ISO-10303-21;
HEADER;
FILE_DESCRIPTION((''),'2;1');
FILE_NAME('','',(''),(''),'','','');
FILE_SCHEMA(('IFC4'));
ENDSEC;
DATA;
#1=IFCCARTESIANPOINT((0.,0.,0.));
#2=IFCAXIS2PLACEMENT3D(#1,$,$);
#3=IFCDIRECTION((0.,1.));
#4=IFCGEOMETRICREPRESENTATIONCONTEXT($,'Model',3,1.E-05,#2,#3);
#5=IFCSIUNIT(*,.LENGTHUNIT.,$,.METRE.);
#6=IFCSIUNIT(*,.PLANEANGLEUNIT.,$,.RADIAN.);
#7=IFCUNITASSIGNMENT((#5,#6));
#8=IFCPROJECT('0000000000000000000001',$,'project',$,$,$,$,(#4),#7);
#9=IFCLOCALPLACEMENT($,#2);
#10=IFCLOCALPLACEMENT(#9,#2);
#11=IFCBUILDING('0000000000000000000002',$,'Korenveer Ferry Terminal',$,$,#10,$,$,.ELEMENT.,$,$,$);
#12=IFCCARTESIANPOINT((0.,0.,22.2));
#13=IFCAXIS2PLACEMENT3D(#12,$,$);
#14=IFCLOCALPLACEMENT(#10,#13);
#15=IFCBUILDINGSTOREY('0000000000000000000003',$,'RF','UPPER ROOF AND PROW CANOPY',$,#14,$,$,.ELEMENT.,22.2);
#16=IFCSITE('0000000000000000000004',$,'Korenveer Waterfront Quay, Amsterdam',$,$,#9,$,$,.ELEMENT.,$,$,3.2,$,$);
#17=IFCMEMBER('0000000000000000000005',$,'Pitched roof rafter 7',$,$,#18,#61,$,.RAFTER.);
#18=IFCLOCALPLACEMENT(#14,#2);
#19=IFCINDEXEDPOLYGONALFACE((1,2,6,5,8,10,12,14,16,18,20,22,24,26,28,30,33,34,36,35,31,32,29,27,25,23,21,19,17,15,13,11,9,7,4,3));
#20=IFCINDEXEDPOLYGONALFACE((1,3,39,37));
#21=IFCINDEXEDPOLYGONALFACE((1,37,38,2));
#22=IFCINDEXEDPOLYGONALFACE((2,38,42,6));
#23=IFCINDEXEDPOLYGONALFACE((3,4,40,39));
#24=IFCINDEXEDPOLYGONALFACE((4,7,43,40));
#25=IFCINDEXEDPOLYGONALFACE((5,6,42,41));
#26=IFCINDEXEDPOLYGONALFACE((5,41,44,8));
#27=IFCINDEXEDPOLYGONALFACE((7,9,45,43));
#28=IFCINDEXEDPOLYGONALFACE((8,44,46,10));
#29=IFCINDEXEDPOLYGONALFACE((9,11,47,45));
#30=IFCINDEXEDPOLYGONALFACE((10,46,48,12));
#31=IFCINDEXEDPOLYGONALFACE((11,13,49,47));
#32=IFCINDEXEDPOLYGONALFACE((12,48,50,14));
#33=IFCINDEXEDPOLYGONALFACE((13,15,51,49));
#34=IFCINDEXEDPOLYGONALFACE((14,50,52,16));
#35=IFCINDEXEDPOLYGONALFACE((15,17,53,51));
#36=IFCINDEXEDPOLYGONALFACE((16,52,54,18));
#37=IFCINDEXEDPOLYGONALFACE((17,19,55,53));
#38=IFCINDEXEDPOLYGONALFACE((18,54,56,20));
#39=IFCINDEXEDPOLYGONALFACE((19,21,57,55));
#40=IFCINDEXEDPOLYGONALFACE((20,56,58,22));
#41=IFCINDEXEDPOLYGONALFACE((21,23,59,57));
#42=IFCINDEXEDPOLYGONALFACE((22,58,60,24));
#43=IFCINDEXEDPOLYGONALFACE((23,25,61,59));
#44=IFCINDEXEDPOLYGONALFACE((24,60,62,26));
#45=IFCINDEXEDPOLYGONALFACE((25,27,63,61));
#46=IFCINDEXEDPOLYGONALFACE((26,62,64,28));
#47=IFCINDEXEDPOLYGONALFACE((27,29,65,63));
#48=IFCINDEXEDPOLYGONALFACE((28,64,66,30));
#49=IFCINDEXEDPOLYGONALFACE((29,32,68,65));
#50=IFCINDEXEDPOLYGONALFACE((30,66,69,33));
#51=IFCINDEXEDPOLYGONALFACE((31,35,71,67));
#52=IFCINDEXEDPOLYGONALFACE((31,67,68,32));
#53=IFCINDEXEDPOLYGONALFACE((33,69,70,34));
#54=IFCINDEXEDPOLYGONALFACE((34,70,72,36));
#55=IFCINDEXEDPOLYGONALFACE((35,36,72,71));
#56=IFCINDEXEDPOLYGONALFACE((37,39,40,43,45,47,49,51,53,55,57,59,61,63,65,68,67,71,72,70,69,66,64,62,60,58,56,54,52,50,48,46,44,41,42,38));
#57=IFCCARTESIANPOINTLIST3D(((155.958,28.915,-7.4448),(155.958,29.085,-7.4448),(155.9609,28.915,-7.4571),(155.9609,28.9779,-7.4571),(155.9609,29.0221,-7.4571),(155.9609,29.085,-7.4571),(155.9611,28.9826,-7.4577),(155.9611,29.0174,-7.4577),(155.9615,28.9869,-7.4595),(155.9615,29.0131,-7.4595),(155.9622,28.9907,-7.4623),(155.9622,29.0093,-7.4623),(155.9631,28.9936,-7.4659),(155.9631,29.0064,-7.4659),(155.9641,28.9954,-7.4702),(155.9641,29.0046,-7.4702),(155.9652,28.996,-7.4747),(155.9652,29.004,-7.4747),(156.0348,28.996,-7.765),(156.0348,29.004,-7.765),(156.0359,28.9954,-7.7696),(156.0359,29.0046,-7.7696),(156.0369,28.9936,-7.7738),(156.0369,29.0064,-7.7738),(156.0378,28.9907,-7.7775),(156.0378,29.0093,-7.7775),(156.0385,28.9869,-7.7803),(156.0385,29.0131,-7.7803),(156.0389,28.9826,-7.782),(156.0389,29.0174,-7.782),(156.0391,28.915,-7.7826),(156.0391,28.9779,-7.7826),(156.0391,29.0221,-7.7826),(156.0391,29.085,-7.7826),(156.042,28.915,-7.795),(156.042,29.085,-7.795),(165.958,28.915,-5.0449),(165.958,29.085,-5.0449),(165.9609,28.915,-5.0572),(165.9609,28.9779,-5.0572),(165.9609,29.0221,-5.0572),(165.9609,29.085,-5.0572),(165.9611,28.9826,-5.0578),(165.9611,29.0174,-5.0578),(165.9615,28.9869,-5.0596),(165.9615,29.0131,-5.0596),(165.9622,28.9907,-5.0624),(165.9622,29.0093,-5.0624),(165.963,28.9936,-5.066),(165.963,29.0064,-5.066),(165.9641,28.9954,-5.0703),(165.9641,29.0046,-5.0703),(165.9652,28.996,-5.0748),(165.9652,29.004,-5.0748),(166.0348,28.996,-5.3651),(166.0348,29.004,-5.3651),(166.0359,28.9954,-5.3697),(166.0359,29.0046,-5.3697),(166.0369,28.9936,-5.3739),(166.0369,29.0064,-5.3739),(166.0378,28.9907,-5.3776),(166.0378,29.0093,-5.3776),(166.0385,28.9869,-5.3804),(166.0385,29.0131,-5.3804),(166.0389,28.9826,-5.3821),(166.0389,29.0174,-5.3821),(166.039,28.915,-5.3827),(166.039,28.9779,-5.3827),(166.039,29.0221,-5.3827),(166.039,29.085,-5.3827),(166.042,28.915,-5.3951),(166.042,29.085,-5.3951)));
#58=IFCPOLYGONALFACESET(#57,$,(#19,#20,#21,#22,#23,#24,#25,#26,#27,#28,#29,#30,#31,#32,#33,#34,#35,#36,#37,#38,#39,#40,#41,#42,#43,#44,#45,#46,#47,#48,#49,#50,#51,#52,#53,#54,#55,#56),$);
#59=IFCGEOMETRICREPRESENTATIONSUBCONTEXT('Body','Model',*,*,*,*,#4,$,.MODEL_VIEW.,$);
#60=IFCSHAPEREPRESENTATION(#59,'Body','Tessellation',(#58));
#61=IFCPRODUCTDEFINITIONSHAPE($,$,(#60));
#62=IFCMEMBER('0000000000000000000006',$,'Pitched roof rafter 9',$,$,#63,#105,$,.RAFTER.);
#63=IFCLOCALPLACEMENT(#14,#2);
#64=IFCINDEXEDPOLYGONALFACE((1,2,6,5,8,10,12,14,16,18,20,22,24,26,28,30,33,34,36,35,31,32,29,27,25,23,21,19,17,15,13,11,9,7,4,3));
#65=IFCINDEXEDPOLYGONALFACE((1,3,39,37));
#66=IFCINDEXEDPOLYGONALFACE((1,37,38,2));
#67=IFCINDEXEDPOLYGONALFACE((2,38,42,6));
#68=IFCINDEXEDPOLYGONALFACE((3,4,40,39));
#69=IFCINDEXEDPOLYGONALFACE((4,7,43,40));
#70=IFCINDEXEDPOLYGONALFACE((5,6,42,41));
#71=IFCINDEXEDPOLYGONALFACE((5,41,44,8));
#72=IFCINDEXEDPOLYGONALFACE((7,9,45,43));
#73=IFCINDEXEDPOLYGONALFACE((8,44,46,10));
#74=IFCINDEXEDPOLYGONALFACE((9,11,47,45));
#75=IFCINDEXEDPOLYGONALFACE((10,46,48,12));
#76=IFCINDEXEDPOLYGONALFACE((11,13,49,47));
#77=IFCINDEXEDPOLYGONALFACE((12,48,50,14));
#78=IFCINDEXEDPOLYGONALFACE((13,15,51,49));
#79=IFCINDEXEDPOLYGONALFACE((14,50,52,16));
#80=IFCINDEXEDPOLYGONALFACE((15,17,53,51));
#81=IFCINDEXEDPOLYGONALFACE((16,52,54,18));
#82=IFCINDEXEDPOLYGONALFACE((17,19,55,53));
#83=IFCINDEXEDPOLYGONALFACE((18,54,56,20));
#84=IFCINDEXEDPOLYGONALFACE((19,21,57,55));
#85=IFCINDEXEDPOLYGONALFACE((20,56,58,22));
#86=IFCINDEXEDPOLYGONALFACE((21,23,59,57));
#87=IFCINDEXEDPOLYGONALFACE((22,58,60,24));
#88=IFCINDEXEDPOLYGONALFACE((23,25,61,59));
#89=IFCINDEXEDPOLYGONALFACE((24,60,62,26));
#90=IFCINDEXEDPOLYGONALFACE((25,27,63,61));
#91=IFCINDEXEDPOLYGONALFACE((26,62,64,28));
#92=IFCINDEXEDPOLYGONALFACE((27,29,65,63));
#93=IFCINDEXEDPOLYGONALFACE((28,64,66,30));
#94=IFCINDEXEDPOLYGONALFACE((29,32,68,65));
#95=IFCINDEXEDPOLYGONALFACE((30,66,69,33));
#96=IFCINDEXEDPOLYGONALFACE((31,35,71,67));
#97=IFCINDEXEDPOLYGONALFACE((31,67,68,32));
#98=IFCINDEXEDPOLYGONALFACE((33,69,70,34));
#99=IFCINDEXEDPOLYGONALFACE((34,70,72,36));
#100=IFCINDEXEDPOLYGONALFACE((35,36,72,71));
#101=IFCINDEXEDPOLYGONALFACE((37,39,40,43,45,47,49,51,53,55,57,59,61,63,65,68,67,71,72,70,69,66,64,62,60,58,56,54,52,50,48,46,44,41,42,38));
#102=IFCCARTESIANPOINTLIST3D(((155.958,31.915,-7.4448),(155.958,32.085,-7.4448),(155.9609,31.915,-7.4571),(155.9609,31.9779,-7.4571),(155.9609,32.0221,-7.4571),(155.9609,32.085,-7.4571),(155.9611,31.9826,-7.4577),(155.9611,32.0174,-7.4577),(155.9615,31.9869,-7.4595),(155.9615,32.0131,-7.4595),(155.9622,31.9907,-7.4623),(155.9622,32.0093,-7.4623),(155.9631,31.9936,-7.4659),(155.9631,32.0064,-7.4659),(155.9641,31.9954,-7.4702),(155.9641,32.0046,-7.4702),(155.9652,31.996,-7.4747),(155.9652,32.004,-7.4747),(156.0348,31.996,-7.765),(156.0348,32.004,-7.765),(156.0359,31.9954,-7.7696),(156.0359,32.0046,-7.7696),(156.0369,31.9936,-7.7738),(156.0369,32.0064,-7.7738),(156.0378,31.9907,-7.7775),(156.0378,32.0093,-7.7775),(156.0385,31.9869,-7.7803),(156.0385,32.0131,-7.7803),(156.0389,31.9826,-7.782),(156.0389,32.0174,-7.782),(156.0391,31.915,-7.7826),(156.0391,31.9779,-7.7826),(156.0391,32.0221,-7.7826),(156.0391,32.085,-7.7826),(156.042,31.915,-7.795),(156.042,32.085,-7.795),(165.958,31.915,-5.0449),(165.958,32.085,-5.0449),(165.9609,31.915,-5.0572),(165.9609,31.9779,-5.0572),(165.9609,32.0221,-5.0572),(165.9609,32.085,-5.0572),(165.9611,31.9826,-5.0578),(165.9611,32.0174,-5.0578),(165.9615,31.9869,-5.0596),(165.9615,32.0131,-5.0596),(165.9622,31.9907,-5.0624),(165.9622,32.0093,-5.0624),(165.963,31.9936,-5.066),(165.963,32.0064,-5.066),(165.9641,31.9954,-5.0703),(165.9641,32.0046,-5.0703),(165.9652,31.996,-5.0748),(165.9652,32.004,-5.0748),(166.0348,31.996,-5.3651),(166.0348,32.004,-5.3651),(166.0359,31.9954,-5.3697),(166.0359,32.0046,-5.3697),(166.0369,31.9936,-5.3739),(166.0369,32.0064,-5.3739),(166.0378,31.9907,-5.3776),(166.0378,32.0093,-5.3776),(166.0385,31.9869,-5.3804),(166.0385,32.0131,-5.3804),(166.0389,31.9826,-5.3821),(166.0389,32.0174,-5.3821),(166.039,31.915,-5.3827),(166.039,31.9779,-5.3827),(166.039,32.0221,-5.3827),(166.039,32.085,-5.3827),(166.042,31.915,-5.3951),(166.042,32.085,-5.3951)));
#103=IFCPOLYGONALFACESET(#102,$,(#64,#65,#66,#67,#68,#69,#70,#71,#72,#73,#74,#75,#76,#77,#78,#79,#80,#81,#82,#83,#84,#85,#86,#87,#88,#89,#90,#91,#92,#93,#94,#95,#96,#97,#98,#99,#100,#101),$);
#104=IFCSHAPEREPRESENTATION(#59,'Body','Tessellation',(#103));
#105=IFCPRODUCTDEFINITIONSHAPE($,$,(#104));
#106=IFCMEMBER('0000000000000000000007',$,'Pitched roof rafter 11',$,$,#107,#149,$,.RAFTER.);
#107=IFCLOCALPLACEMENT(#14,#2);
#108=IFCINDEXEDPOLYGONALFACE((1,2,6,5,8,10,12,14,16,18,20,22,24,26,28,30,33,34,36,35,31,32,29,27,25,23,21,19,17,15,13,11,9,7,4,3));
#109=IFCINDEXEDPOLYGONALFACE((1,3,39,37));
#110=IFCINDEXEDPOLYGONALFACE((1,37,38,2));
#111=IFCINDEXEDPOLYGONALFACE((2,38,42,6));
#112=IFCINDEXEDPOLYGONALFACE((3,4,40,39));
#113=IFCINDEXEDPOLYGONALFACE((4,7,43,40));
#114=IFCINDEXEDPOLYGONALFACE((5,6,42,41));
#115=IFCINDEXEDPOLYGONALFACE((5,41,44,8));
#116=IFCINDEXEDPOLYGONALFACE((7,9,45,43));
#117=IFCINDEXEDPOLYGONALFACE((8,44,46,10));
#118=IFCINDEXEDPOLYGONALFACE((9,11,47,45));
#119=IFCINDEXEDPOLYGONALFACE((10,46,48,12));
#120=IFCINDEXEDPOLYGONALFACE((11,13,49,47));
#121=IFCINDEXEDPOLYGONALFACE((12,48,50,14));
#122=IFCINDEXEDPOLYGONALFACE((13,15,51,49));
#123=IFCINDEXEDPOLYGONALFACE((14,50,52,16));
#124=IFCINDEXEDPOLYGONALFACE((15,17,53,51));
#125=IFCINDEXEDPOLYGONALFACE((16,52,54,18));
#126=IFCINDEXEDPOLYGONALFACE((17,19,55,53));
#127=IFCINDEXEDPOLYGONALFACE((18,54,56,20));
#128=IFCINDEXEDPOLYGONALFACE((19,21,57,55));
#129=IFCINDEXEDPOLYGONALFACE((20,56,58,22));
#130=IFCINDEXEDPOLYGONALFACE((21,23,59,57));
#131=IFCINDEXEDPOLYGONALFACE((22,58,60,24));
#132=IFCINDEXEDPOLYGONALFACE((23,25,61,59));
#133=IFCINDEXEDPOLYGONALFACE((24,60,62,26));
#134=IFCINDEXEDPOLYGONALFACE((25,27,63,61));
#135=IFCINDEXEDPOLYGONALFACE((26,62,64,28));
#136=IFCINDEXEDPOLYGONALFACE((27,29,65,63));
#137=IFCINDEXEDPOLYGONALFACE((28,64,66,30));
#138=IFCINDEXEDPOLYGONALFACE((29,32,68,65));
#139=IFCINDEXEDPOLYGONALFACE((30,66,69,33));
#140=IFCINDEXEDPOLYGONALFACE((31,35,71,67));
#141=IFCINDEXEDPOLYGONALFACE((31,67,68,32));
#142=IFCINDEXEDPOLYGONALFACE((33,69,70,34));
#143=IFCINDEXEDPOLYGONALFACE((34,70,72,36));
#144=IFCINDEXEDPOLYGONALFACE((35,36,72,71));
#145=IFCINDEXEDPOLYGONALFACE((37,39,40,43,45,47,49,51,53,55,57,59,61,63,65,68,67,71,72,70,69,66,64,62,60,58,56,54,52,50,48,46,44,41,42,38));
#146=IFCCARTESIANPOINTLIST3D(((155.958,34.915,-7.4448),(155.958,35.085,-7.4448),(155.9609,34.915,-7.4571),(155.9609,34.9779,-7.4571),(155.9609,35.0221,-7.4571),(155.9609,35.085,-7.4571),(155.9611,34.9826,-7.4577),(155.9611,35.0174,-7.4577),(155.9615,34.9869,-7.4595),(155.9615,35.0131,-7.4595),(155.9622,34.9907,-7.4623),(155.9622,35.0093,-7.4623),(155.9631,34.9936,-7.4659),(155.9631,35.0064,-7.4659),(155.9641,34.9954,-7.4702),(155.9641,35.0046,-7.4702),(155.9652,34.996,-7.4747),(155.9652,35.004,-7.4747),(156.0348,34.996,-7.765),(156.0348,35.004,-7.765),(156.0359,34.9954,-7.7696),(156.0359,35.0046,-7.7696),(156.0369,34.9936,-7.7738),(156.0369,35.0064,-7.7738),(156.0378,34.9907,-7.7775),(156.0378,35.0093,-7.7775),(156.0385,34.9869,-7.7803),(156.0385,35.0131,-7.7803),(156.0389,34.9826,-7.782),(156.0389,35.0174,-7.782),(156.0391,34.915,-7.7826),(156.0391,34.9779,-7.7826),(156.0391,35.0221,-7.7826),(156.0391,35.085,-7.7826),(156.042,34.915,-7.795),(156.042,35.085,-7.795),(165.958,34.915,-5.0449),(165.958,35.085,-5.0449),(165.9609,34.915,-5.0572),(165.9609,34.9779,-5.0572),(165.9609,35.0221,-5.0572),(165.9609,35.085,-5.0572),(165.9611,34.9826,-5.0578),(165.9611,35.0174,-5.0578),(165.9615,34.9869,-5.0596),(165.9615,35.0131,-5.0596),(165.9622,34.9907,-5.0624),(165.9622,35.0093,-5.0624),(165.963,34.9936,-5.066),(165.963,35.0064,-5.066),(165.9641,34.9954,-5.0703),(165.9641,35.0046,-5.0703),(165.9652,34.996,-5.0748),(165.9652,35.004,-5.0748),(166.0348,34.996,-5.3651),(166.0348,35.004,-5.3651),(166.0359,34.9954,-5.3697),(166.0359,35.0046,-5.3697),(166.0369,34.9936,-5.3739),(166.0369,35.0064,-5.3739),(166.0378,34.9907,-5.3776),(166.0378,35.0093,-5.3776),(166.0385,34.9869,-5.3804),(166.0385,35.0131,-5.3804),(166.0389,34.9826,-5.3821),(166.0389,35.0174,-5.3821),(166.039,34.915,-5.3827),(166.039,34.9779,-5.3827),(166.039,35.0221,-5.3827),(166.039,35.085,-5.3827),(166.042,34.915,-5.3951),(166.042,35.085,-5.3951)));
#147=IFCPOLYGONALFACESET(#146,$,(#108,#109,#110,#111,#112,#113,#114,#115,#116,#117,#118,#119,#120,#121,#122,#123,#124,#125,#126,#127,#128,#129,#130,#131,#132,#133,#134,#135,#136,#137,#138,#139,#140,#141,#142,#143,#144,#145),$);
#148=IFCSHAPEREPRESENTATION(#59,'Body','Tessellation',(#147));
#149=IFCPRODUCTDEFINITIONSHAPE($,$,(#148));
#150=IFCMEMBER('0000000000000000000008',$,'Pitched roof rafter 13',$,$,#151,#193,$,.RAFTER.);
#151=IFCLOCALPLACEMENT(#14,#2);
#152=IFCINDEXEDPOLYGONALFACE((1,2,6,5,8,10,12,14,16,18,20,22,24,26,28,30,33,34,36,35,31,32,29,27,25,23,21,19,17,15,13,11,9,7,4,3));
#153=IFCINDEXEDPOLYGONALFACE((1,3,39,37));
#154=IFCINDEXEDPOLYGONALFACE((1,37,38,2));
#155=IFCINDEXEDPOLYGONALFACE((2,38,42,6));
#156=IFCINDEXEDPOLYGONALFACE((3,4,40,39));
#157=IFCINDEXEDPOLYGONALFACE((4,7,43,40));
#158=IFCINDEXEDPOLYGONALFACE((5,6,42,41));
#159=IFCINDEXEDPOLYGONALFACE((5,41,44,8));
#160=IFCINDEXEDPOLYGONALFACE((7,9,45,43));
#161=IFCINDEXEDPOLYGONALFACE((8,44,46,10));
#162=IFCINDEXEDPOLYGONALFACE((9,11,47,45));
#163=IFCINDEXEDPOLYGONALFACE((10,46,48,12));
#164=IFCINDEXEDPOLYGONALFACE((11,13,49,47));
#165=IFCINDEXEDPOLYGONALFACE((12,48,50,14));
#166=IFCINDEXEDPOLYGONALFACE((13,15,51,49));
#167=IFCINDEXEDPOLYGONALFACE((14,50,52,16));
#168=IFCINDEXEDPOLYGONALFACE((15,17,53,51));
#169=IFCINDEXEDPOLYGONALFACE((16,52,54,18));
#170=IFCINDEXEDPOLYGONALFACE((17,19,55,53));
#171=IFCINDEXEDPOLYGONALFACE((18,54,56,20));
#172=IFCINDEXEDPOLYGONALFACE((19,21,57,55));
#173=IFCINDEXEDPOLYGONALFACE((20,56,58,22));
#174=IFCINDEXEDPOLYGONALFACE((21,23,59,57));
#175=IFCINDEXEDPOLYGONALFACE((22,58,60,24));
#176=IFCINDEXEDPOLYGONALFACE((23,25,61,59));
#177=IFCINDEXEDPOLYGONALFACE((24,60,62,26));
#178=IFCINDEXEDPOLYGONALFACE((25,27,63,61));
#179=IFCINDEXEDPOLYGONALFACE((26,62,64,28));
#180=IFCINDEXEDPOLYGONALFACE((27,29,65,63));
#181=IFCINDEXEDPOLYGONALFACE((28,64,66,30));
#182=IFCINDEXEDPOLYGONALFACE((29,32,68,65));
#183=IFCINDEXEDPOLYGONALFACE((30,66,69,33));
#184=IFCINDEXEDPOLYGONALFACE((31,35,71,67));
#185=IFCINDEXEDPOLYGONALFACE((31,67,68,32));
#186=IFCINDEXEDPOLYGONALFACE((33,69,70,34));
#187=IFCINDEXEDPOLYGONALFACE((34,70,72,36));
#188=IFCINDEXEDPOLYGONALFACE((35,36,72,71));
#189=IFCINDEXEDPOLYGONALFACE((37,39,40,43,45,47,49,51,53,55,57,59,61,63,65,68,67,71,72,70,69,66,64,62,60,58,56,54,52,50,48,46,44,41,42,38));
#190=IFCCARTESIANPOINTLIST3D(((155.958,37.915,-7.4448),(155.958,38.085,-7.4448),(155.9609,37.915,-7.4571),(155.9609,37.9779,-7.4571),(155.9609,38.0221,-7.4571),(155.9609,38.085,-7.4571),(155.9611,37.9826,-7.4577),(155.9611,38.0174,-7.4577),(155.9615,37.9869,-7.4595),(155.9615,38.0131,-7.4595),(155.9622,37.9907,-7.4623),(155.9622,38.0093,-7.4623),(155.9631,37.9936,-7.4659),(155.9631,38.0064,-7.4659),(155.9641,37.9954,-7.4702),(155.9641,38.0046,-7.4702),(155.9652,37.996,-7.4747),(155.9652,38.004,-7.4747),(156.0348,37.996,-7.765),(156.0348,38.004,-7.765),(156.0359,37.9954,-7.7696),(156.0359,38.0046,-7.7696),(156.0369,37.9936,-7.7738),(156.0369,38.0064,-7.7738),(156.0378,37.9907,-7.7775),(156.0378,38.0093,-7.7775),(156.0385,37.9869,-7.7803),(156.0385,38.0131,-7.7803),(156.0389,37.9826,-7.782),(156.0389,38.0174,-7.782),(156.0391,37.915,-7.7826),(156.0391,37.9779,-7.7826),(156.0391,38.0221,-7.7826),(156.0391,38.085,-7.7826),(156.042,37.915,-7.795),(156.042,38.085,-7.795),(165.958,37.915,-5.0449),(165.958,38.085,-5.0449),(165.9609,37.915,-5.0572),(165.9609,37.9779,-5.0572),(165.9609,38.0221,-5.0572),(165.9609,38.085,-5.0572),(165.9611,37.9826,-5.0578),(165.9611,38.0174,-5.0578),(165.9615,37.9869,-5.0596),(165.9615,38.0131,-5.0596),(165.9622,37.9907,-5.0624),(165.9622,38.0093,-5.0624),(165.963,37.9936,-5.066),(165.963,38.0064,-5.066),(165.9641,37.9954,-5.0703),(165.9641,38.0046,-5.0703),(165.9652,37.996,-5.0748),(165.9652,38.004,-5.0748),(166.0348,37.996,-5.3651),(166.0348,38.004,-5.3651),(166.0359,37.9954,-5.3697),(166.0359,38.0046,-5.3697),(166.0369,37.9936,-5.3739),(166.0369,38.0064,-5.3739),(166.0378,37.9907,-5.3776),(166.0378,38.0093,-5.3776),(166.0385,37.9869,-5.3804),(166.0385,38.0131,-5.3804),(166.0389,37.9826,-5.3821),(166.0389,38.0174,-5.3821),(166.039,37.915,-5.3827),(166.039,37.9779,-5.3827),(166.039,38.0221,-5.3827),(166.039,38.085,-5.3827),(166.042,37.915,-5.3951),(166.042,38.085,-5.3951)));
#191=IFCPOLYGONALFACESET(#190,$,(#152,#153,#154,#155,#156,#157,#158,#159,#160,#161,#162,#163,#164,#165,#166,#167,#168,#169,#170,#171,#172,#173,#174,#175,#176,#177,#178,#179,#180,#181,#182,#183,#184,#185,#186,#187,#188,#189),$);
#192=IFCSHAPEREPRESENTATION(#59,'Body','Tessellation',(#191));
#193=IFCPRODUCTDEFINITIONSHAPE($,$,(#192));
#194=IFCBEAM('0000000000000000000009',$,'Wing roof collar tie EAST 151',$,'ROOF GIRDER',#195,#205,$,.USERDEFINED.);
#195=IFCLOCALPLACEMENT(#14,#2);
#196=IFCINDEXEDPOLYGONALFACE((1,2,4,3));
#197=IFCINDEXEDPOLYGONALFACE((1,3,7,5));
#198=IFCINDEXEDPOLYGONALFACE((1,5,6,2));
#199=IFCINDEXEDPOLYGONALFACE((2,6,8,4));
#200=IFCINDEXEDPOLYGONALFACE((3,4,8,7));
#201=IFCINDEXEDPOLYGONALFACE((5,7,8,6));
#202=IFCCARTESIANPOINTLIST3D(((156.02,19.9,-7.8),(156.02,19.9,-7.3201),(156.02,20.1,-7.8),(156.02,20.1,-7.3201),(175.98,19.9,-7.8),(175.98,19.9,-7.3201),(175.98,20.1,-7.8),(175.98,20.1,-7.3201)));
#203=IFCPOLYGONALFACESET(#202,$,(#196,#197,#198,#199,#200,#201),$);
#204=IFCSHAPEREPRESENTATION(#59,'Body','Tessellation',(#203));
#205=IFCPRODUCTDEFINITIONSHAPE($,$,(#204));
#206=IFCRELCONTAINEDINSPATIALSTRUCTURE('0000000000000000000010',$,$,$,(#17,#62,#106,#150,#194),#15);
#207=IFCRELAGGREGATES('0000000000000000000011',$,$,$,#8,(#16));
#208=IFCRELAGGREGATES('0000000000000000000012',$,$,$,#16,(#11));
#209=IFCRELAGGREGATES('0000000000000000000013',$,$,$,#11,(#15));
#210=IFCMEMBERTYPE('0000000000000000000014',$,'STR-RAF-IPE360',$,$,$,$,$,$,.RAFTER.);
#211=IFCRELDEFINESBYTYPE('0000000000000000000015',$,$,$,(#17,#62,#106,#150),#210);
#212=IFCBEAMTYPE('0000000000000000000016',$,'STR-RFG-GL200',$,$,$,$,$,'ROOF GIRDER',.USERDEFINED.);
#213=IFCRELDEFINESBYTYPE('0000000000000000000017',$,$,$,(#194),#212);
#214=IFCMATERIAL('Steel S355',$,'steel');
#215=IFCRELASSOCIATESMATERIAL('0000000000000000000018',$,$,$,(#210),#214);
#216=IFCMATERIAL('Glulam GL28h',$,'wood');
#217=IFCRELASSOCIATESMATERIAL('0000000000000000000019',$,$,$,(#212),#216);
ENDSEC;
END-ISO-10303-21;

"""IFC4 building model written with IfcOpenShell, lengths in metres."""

from ifc_helpers import new_model, si_unit, direction, frame, origin, origin_2d, place, context, subcontext, project, spatial, rectangle, i_section, extrude, material, material_profile, profile_set, type_object, element, save


model = new_model("IFC4")

# Units and contexts
model_context = context("Model", 3, precision=1e-05, world=origin(), true_north=direction((0.0, 1.0)))
body_context = subcontext(model_context, "Body", "Model", "MODEL_VIEW")
ifc_project = project(units=[si_unit("LENGTHUNIT", "METRE"), si_unit("PLANEANGLEUNIT", "RADIAN")], contexts=[model_context])

# Site, building, storey
site_placement = place(None, origin())
site = spatial("IfcSite", under=ifc_project, at=site_placement, Name="Korenveer Waterfront Quay, Amsterdam", CompositionType="ELEMENT", RefElevation=3.2)
building_placement = place(site_placement, origin())
building = spatial("IfcBuilding", under=site, at=building_placement, Name="Korenveer Ferry Terminal", CompositionType="ELEMENT")
storey_placement = place(building_placement, frame((0.0, 0.0, 22.2)))
storey = spatial("IfcBuildingStorey", under=building, at=storey_placement, Name="RF", Description="UPPER ROOF AND PROW CANOPY", CompositionType="ELEMENT", Elevation=22.2)

# Shared definitions
ifc_material_1 = material(Name="Steel S355", Category="steel")

# Members
ifc_material_profile_1 = material_profile(ifc_material_1, i_section(OverallWidth=0.1699, OverallDepth=0.3601, WebThickness=0.0081, FlangeThickness=0.0127, FilletRadius=0.0181, at=origin_2d()), Name="IPE 360")
ifc_profile_set_1 = profile_set([ifc_material_profile_1], Name="Steel S355")
member_type_1 = type_object("IfcMemberType", Name="STR-RAF-IPE360", PredefinedType="RAFTER", material=ifc_profile_set_1)
for number, where, z_axis, x_axis, name in (
    (1, (156.0, 29.0, -7.6199), (0.972389, 0.0, 0.233364), (0.0, 1.0, 0.0), "Pitched roof rafter 7"),
    (2, (156.0, 32.0, -7.6199), (0.972389, 0.0, 0.233364), (0.0, 1.0, 0.0), "Pitched roof rafter 9"),
    (3, (156.0, 35.0, -7.6199), (0.972389, 0.0, 0.233364), (0.0, 1.0, 0.0), "Pitched roof rafter 11"),
    (4, (156.0, 38.0, -7.6199), (0.972389, 0.0, 0.233364), (0.0, 1.0, 0.0), "Pitched roof rafter 13"),
):
    element("IfcMember", number, at=place(storey_placement, frame(where, z_axis=z_axis, x_axis=x_axis)), inside=storey, type_object=member_type_1, Name=name, PredefinedType="RAFTER", context=body_context, shape_type="SweptSolid", body=[
        extrude(i_section(OverallWidth=0.1699, OverallDepth=0.3601, WebThickness=0.0081, FlangeThickness=0.0127, FilletRadius=0.0181, at=origin_2d()), origin(), (0.0, 0.0, 1.0), 10.2839),
    ])

# Beam
ifc_material_2 = material(Name="Glulam GL28h", Category="wood")
ifc_material_profile_2 = material_profile(ifc_material_2, rectangle(XDim=0.2, YDim=0.48, at=origin_2d()), Name="GL 200x480")
ifc_profile_set_2 = profile_set([ifc_material_profile_2], Name="Glulam GL28h")
beam_type_1 = type_object("IfcBeamType", Name="STR-RFG-GL200", ElementType="ROOF GIRDER", PredefinedType="USERDEFINED", material=ifc_profile_set_2)
for number, where, z_axis, x_axis, name in (
    (5, (156.02, 20.0, -7.5601), (1.0, 0.0, 0.0), (0.0, 1.0, 0.0), "Wing roof collar tie EAST 151"),
):
    element("IfcBeam", number, at=place(storey_placement, frame(where, z_axis=z_axis, x_axis=x_axis)), inside=storey, type_object=beam_type_1, Name=name, ObjectType="ROOF GIRDER", PredefinedType="USERDEFINED", context=body_context, shape_type="SweptSolid", body=[
        extrude(rectangle(XDim=0.2, YDim=0.48, at=origin_2d()), origin(), (0.0, 0.0, 1.0), 19.96),
    ])

save(model, "model.ifc")
